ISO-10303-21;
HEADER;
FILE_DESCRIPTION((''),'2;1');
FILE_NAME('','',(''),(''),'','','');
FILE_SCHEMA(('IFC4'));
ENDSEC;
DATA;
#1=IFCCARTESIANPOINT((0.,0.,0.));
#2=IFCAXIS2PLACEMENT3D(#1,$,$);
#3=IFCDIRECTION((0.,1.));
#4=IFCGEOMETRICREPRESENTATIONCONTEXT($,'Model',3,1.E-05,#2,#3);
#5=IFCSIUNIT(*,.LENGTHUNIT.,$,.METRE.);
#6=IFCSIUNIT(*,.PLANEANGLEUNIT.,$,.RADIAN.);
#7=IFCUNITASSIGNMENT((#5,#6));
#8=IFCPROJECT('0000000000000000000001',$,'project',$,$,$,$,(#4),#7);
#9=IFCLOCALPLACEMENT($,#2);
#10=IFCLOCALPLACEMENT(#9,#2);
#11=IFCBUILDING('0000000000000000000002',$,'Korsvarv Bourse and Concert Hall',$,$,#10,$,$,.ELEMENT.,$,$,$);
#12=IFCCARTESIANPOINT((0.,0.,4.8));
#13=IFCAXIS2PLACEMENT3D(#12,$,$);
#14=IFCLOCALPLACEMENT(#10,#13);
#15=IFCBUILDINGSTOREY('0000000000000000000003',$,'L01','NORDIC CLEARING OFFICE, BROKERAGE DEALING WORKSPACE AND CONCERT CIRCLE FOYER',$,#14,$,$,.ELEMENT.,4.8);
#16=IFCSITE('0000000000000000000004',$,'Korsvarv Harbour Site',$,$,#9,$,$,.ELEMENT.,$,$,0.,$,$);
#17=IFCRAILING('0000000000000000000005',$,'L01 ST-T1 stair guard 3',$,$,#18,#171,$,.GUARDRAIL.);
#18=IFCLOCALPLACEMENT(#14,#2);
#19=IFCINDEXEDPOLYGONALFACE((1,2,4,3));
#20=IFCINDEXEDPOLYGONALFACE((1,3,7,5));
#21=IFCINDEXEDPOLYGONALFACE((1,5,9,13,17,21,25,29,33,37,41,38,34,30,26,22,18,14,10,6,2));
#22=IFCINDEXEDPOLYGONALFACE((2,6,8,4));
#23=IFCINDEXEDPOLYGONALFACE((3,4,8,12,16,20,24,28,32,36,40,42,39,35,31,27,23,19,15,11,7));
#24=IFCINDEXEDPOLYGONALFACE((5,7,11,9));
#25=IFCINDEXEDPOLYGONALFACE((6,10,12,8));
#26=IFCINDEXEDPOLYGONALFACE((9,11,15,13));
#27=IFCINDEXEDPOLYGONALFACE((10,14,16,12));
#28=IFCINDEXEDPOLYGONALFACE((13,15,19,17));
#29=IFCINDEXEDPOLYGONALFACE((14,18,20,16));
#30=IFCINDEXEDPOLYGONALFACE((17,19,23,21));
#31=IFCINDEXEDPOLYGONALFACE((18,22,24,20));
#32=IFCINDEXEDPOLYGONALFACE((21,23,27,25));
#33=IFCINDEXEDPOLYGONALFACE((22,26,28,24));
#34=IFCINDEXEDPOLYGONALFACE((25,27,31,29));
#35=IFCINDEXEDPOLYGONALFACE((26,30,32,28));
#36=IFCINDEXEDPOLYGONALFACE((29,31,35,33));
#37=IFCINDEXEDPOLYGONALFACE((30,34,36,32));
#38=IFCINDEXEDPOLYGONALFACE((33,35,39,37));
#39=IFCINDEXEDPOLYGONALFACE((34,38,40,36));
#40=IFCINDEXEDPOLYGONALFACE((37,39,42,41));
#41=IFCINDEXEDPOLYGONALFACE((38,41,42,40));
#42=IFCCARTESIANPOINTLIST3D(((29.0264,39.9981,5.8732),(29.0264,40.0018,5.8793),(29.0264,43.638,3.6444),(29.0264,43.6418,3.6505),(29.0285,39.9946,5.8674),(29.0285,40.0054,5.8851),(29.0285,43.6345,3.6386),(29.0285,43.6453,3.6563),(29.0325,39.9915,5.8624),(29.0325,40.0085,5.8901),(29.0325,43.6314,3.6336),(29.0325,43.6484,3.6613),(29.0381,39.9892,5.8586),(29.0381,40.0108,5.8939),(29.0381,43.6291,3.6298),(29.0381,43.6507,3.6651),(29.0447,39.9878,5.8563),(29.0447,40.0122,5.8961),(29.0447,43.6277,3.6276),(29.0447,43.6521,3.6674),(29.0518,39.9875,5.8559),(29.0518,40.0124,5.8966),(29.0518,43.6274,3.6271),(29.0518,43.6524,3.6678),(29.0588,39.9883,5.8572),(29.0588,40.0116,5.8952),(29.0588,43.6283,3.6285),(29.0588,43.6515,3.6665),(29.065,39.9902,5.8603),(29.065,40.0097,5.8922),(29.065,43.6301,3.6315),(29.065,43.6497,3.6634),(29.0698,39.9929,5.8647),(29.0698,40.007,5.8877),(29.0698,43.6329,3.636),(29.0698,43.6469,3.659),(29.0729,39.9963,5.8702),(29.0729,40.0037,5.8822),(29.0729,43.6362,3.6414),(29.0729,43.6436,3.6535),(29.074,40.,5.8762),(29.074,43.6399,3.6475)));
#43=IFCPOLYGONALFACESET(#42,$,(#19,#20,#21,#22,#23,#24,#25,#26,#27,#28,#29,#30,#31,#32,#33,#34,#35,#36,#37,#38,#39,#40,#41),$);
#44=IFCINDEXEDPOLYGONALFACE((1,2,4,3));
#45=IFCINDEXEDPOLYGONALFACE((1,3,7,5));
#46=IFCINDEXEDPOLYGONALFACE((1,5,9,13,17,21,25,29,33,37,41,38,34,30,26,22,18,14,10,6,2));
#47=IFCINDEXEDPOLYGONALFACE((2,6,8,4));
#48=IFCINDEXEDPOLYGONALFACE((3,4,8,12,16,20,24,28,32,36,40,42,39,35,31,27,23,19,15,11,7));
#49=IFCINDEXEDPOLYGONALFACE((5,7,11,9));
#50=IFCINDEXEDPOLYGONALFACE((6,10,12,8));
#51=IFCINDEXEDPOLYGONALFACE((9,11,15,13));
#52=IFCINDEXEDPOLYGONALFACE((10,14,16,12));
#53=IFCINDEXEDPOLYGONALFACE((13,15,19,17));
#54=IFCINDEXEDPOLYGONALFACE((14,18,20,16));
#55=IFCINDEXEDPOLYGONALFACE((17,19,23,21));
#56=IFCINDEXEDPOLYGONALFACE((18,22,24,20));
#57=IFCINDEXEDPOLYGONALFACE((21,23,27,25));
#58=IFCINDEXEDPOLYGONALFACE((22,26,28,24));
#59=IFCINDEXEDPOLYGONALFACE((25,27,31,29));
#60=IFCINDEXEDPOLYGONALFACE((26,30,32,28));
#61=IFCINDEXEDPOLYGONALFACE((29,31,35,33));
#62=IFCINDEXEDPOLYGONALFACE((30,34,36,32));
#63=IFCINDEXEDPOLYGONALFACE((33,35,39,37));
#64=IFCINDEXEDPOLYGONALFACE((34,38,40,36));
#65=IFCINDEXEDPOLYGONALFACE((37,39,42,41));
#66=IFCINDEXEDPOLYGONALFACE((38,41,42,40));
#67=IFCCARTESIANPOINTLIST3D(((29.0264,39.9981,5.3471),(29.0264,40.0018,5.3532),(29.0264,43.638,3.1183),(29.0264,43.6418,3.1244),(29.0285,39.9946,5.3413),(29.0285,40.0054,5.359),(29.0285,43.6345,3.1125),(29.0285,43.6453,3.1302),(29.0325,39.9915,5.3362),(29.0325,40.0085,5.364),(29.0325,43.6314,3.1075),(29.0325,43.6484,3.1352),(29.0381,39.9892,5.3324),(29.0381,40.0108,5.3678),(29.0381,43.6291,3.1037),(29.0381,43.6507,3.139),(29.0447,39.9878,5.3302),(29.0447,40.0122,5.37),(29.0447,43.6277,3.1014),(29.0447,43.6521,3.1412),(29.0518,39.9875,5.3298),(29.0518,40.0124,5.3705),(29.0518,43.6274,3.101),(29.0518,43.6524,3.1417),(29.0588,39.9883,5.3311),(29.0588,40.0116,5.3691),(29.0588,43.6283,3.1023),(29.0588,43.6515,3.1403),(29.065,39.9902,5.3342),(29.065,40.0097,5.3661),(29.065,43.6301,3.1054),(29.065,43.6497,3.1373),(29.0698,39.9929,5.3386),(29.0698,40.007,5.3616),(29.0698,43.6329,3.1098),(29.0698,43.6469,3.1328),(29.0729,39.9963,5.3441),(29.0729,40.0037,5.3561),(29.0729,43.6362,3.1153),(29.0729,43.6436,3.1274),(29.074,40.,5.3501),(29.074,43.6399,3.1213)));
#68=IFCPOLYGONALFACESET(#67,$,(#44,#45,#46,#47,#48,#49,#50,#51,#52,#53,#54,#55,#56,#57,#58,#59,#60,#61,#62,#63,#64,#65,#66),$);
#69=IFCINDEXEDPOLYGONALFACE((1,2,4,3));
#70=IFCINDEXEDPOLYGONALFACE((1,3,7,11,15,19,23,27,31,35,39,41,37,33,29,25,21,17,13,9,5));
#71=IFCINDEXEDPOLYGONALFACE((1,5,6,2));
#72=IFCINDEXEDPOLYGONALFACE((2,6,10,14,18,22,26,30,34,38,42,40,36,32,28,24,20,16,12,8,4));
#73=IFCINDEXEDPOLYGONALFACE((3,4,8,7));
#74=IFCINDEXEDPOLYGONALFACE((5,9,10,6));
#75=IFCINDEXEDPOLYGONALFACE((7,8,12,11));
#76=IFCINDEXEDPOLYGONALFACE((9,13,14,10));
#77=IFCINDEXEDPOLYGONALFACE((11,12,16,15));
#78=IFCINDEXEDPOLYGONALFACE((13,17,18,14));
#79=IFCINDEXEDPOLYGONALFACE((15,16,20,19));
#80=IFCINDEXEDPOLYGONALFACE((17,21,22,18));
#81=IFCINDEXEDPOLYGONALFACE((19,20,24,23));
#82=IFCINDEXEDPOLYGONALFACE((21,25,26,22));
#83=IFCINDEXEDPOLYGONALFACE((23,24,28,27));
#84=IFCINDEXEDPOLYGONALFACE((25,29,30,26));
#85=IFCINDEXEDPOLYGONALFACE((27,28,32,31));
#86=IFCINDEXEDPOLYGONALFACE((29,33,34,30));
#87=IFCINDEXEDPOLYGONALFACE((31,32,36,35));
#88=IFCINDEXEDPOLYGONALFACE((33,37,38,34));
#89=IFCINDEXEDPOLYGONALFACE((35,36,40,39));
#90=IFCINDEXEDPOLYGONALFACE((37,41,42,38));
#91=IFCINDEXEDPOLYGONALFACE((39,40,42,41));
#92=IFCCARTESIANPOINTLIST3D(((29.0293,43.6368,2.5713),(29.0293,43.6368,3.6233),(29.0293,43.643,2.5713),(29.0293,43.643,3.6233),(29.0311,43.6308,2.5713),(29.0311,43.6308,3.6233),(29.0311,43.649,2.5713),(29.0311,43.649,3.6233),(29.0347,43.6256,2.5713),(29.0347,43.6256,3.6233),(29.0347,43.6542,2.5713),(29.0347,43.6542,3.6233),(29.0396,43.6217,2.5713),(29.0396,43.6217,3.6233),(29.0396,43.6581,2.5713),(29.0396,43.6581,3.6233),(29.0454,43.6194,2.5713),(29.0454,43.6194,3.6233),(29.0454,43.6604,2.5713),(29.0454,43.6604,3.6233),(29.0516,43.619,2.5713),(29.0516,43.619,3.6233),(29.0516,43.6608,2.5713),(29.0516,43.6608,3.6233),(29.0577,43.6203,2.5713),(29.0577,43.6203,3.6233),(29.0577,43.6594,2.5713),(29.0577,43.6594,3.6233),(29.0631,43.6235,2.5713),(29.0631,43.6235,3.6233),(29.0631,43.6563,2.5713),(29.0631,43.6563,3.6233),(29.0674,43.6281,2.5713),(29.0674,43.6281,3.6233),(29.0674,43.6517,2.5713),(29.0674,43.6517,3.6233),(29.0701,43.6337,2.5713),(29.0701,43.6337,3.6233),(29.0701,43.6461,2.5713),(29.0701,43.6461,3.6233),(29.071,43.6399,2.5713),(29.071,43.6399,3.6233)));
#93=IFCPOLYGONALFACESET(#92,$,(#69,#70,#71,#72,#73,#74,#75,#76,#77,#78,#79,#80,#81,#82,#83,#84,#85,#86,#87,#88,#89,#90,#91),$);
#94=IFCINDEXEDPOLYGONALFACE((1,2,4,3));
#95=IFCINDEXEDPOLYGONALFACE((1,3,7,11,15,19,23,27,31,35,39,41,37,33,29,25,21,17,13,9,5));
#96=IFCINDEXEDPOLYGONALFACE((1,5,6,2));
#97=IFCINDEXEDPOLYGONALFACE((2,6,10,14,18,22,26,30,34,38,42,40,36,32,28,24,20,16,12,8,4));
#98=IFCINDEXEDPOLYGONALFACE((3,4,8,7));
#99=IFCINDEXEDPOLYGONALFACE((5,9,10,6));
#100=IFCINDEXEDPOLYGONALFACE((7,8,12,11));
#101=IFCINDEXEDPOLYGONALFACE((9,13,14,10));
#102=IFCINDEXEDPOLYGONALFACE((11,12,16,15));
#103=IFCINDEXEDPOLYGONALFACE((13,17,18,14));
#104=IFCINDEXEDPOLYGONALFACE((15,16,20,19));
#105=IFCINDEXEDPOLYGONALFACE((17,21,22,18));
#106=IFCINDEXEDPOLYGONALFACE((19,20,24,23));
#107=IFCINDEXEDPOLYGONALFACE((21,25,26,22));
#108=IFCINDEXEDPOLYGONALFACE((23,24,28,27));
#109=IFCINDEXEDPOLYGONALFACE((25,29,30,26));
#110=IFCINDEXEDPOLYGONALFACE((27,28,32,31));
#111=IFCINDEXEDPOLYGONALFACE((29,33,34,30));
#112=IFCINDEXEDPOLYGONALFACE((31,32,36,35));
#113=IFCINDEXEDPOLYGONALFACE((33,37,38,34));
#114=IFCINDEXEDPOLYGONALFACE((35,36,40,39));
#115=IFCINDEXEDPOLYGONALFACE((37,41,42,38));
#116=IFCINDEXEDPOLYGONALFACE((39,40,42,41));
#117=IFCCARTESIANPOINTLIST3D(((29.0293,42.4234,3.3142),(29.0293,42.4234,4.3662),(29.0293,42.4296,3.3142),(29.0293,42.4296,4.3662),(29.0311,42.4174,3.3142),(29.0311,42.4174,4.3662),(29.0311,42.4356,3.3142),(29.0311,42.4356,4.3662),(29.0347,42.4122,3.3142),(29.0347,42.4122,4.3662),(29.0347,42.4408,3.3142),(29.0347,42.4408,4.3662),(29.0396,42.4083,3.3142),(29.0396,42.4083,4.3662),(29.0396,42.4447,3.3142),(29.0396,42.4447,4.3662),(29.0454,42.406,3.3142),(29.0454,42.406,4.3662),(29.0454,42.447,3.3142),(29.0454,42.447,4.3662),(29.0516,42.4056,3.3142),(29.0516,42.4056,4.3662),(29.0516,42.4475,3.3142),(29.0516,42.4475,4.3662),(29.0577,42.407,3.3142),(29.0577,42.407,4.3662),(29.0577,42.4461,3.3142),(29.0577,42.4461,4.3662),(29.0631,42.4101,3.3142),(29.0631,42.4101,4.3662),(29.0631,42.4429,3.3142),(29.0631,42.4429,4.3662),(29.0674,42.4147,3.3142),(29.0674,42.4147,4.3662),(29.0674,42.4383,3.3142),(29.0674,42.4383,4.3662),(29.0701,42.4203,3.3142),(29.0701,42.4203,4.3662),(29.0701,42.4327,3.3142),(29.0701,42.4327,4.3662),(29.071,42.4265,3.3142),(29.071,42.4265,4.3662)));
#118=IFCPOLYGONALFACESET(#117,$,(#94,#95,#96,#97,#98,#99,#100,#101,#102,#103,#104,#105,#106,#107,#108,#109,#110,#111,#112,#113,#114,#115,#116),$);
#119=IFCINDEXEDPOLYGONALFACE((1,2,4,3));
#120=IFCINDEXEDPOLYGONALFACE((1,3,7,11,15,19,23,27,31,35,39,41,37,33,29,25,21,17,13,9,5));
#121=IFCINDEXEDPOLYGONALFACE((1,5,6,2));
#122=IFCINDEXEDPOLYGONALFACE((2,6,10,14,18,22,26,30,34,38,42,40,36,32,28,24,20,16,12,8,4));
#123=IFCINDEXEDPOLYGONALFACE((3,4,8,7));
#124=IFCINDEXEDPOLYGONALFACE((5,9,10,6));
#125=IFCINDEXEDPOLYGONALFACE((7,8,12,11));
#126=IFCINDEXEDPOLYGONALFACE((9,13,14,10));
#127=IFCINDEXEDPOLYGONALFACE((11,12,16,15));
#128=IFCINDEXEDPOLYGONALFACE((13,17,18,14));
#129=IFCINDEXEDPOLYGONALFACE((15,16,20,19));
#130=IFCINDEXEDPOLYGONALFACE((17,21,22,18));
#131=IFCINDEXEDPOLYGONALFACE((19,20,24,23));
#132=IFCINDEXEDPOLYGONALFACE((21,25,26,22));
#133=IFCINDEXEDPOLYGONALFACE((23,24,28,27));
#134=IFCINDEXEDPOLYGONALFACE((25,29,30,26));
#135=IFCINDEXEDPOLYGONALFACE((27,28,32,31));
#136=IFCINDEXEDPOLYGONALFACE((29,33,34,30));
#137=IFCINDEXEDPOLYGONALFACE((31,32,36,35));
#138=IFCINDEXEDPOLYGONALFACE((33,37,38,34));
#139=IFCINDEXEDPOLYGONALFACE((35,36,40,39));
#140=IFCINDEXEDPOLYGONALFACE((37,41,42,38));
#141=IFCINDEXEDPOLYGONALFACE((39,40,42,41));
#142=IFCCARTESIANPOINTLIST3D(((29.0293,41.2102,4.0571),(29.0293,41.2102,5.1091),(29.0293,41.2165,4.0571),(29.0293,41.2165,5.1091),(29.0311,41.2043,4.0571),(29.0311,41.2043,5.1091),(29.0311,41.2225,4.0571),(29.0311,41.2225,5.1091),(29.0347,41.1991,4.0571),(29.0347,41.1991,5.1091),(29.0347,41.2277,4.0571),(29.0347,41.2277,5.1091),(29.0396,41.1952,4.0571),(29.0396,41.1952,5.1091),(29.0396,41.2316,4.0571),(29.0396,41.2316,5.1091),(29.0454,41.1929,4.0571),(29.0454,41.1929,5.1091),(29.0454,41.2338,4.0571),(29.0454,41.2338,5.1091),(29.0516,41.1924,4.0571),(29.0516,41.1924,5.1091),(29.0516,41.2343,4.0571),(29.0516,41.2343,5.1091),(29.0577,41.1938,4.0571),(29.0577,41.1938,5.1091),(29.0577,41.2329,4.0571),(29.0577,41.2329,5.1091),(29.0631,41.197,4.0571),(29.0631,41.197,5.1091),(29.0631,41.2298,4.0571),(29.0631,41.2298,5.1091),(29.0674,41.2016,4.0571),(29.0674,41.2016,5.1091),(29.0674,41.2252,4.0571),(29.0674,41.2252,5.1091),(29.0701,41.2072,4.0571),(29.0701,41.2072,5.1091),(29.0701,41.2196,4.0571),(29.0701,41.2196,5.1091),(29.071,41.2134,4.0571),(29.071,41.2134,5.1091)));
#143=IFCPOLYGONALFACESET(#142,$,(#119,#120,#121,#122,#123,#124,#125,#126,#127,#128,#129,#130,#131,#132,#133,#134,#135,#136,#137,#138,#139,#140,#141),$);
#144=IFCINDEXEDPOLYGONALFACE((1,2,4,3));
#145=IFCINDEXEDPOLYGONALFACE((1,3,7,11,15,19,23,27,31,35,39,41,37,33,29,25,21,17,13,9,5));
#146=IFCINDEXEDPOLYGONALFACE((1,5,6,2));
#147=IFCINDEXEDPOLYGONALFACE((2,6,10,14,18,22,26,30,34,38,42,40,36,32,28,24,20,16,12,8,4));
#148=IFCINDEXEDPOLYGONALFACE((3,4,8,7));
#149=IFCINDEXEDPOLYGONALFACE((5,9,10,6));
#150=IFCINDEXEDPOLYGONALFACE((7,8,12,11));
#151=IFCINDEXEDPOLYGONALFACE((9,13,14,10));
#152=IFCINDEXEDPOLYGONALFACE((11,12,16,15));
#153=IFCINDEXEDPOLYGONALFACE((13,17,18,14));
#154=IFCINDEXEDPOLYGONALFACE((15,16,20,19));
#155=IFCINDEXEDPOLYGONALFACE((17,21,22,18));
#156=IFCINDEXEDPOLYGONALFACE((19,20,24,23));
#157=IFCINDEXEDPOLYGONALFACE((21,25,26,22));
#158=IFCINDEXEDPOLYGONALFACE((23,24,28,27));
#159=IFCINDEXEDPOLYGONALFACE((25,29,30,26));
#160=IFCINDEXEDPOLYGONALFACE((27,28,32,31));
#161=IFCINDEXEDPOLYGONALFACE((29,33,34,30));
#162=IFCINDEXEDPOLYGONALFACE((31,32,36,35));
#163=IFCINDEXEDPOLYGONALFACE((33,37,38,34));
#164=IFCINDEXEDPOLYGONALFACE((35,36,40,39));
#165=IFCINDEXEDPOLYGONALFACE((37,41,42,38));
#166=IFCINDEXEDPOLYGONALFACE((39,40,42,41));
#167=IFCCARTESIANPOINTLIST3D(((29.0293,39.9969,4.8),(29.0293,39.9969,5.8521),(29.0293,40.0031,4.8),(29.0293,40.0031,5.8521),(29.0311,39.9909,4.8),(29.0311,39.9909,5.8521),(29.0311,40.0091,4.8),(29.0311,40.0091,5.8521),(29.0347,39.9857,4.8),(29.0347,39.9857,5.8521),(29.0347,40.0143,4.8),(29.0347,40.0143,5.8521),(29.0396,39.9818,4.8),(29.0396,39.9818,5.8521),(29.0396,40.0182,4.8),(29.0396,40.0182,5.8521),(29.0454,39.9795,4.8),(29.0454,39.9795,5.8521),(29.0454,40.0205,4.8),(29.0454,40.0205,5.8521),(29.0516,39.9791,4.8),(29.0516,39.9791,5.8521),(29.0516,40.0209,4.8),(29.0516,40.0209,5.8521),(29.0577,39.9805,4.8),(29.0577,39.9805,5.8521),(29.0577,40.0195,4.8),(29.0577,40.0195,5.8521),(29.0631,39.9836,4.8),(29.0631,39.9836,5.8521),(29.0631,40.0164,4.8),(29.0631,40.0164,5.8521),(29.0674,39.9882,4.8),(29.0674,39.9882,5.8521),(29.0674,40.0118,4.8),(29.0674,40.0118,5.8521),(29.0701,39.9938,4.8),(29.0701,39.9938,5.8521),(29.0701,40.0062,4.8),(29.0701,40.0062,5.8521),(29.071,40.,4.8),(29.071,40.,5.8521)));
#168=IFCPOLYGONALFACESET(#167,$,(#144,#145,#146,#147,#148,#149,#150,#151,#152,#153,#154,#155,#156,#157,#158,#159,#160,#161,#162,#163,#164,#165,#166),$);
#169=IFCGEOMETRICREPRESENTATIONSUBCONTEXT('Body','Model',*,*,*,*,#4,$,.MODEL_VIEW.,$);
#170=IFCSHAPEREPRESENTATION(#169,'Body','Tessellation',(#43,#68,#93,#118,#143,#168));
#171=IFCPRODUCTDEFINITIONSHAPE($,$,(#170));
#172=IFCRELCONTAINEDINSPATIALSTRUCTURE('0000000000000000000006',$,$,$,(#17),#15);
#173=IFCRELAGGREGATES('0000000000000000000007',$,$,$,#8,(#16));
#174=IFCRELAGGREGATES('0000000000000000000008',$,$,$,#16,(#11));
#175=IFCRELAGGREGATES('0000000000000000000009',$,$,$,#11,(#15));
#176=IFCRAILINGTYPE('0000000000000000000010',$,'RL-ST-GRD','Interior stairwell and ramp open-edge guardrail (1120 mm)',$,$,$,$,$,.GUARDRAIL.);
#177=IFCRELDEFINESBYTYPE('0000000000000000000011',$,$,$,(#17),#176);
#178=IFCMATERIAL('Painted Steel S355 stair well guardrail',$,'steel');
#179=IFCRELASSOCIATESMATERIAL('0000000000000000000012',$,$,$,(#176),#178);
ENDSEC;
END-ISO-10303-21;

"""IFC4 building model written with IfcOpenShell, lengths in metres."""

from ifc_helpers import new_model, si_unit, direction, frame, origin, origin_2d, place, context, subcontext, project, spatial, circle, extrude, material, type_object, element, save


model = new_model("IFC4")

# Units and contexts
model_context = context("Model", 3, precision=1e-05, world=origin(), true_north=direction((0.0, 1.0)))
body_context = subcontext(model_context, "Body", "Model", "MODEL_VIEW")
ifc_project = project(units=[si_unit("LENGTHUNIT", "METRE"), si_unit("PLANEANGLEUNIT", "RADIAN")], contexts=[model_context])

# Site, building, storey
site_placement = place(None, origin())
site = spatial("IfcSite", under=ifc_project, at=site_placement, Name="Korsvarv Harbour Site", CompositionType="ELEMENT", RefElevation=0.0)
building_placement = place(site_placement, origin())
building = spatial("IfcBuilding", under=site, at=building_placement, Name="Korsvarv Bourse and Concert Hall", CompositionType="ELEMENT")
storey_placement = place(building_placement, frame((0.0, 0.0, 4.8)))
storey = spatial("IfcBuildingStorey", under=building, at=storey_placement, Name="L01", Description="NORDIC CLEARING OFFICE, BROKERAGE DEALING WORKSPACE AND CONCERT CIRCLE FOYER", CompositionType="ELEMENT", Elevation=4.8)

# Railing
ifc_material_1 = material(Name="Painted Steel S355 stair well guardrail", Category="steel")
railing_type_1 = type_object("IfcRailingType", Name="RL-ST-GRD", Description="Interior stairwell and ramp open-edge guardrail (1120 mm)", PredefinedType="GUARDRAIL", material=ifc_material_1)
railing_1_placement = place(storey_placement, frame((29.05, 43.6399, 2.5713)))
element("IfcRailing", 1, at=railing_1_placement, inside=storey, type_object=railing_type_1, Name="L01 ST-T1 stair guard 3", PredefinedType="GUARDRAIL", context=body_context, shape_type="SweptSolid", body=[
    extrude(circle(Radius=0.0239, at=origin_2d()), frame((0.0, 0.0, 1.0762), z_axis=(0.0, -0.852825, 0.522197), x_axis=(1.0, 0.0, 0.0)), (0.0, 0.0, 1.0), 4.2681),
    extrude(circle(Radius=0.0239, at=origin_2d()), frame((0.0, 0.0, 0.55), z_axis=(0.0, -0.852825, 0.522197), x_axis=(1.0, 0.0, 0.0)), (0.0, 0.0, 1.0), 4.2681),
    extrude(circle(Radius=0.021, at=origin_2d()), origin(), (0.0, 0.0, 1.0), 1.052),
    extrude(circle(Radius=0.021, at=origin_2d()), frame((0.0, -1.2134, 0.7429)), (0.0, 0.0, 1.0), 1.052),
    extrude(circle(Radius=0.021, at=origin_2d()), frame((0.0, -2.4265, 1.4858)), (0.0, 0.0, 1.0), 1.052),
    extrude(circle(Radius=0.021, at=origin_2d()), frame((0.0, -3.6399, 2.2288)), (0.0, 0.0, 1.0), 1.052),
])

save(model, "model.ifc")
